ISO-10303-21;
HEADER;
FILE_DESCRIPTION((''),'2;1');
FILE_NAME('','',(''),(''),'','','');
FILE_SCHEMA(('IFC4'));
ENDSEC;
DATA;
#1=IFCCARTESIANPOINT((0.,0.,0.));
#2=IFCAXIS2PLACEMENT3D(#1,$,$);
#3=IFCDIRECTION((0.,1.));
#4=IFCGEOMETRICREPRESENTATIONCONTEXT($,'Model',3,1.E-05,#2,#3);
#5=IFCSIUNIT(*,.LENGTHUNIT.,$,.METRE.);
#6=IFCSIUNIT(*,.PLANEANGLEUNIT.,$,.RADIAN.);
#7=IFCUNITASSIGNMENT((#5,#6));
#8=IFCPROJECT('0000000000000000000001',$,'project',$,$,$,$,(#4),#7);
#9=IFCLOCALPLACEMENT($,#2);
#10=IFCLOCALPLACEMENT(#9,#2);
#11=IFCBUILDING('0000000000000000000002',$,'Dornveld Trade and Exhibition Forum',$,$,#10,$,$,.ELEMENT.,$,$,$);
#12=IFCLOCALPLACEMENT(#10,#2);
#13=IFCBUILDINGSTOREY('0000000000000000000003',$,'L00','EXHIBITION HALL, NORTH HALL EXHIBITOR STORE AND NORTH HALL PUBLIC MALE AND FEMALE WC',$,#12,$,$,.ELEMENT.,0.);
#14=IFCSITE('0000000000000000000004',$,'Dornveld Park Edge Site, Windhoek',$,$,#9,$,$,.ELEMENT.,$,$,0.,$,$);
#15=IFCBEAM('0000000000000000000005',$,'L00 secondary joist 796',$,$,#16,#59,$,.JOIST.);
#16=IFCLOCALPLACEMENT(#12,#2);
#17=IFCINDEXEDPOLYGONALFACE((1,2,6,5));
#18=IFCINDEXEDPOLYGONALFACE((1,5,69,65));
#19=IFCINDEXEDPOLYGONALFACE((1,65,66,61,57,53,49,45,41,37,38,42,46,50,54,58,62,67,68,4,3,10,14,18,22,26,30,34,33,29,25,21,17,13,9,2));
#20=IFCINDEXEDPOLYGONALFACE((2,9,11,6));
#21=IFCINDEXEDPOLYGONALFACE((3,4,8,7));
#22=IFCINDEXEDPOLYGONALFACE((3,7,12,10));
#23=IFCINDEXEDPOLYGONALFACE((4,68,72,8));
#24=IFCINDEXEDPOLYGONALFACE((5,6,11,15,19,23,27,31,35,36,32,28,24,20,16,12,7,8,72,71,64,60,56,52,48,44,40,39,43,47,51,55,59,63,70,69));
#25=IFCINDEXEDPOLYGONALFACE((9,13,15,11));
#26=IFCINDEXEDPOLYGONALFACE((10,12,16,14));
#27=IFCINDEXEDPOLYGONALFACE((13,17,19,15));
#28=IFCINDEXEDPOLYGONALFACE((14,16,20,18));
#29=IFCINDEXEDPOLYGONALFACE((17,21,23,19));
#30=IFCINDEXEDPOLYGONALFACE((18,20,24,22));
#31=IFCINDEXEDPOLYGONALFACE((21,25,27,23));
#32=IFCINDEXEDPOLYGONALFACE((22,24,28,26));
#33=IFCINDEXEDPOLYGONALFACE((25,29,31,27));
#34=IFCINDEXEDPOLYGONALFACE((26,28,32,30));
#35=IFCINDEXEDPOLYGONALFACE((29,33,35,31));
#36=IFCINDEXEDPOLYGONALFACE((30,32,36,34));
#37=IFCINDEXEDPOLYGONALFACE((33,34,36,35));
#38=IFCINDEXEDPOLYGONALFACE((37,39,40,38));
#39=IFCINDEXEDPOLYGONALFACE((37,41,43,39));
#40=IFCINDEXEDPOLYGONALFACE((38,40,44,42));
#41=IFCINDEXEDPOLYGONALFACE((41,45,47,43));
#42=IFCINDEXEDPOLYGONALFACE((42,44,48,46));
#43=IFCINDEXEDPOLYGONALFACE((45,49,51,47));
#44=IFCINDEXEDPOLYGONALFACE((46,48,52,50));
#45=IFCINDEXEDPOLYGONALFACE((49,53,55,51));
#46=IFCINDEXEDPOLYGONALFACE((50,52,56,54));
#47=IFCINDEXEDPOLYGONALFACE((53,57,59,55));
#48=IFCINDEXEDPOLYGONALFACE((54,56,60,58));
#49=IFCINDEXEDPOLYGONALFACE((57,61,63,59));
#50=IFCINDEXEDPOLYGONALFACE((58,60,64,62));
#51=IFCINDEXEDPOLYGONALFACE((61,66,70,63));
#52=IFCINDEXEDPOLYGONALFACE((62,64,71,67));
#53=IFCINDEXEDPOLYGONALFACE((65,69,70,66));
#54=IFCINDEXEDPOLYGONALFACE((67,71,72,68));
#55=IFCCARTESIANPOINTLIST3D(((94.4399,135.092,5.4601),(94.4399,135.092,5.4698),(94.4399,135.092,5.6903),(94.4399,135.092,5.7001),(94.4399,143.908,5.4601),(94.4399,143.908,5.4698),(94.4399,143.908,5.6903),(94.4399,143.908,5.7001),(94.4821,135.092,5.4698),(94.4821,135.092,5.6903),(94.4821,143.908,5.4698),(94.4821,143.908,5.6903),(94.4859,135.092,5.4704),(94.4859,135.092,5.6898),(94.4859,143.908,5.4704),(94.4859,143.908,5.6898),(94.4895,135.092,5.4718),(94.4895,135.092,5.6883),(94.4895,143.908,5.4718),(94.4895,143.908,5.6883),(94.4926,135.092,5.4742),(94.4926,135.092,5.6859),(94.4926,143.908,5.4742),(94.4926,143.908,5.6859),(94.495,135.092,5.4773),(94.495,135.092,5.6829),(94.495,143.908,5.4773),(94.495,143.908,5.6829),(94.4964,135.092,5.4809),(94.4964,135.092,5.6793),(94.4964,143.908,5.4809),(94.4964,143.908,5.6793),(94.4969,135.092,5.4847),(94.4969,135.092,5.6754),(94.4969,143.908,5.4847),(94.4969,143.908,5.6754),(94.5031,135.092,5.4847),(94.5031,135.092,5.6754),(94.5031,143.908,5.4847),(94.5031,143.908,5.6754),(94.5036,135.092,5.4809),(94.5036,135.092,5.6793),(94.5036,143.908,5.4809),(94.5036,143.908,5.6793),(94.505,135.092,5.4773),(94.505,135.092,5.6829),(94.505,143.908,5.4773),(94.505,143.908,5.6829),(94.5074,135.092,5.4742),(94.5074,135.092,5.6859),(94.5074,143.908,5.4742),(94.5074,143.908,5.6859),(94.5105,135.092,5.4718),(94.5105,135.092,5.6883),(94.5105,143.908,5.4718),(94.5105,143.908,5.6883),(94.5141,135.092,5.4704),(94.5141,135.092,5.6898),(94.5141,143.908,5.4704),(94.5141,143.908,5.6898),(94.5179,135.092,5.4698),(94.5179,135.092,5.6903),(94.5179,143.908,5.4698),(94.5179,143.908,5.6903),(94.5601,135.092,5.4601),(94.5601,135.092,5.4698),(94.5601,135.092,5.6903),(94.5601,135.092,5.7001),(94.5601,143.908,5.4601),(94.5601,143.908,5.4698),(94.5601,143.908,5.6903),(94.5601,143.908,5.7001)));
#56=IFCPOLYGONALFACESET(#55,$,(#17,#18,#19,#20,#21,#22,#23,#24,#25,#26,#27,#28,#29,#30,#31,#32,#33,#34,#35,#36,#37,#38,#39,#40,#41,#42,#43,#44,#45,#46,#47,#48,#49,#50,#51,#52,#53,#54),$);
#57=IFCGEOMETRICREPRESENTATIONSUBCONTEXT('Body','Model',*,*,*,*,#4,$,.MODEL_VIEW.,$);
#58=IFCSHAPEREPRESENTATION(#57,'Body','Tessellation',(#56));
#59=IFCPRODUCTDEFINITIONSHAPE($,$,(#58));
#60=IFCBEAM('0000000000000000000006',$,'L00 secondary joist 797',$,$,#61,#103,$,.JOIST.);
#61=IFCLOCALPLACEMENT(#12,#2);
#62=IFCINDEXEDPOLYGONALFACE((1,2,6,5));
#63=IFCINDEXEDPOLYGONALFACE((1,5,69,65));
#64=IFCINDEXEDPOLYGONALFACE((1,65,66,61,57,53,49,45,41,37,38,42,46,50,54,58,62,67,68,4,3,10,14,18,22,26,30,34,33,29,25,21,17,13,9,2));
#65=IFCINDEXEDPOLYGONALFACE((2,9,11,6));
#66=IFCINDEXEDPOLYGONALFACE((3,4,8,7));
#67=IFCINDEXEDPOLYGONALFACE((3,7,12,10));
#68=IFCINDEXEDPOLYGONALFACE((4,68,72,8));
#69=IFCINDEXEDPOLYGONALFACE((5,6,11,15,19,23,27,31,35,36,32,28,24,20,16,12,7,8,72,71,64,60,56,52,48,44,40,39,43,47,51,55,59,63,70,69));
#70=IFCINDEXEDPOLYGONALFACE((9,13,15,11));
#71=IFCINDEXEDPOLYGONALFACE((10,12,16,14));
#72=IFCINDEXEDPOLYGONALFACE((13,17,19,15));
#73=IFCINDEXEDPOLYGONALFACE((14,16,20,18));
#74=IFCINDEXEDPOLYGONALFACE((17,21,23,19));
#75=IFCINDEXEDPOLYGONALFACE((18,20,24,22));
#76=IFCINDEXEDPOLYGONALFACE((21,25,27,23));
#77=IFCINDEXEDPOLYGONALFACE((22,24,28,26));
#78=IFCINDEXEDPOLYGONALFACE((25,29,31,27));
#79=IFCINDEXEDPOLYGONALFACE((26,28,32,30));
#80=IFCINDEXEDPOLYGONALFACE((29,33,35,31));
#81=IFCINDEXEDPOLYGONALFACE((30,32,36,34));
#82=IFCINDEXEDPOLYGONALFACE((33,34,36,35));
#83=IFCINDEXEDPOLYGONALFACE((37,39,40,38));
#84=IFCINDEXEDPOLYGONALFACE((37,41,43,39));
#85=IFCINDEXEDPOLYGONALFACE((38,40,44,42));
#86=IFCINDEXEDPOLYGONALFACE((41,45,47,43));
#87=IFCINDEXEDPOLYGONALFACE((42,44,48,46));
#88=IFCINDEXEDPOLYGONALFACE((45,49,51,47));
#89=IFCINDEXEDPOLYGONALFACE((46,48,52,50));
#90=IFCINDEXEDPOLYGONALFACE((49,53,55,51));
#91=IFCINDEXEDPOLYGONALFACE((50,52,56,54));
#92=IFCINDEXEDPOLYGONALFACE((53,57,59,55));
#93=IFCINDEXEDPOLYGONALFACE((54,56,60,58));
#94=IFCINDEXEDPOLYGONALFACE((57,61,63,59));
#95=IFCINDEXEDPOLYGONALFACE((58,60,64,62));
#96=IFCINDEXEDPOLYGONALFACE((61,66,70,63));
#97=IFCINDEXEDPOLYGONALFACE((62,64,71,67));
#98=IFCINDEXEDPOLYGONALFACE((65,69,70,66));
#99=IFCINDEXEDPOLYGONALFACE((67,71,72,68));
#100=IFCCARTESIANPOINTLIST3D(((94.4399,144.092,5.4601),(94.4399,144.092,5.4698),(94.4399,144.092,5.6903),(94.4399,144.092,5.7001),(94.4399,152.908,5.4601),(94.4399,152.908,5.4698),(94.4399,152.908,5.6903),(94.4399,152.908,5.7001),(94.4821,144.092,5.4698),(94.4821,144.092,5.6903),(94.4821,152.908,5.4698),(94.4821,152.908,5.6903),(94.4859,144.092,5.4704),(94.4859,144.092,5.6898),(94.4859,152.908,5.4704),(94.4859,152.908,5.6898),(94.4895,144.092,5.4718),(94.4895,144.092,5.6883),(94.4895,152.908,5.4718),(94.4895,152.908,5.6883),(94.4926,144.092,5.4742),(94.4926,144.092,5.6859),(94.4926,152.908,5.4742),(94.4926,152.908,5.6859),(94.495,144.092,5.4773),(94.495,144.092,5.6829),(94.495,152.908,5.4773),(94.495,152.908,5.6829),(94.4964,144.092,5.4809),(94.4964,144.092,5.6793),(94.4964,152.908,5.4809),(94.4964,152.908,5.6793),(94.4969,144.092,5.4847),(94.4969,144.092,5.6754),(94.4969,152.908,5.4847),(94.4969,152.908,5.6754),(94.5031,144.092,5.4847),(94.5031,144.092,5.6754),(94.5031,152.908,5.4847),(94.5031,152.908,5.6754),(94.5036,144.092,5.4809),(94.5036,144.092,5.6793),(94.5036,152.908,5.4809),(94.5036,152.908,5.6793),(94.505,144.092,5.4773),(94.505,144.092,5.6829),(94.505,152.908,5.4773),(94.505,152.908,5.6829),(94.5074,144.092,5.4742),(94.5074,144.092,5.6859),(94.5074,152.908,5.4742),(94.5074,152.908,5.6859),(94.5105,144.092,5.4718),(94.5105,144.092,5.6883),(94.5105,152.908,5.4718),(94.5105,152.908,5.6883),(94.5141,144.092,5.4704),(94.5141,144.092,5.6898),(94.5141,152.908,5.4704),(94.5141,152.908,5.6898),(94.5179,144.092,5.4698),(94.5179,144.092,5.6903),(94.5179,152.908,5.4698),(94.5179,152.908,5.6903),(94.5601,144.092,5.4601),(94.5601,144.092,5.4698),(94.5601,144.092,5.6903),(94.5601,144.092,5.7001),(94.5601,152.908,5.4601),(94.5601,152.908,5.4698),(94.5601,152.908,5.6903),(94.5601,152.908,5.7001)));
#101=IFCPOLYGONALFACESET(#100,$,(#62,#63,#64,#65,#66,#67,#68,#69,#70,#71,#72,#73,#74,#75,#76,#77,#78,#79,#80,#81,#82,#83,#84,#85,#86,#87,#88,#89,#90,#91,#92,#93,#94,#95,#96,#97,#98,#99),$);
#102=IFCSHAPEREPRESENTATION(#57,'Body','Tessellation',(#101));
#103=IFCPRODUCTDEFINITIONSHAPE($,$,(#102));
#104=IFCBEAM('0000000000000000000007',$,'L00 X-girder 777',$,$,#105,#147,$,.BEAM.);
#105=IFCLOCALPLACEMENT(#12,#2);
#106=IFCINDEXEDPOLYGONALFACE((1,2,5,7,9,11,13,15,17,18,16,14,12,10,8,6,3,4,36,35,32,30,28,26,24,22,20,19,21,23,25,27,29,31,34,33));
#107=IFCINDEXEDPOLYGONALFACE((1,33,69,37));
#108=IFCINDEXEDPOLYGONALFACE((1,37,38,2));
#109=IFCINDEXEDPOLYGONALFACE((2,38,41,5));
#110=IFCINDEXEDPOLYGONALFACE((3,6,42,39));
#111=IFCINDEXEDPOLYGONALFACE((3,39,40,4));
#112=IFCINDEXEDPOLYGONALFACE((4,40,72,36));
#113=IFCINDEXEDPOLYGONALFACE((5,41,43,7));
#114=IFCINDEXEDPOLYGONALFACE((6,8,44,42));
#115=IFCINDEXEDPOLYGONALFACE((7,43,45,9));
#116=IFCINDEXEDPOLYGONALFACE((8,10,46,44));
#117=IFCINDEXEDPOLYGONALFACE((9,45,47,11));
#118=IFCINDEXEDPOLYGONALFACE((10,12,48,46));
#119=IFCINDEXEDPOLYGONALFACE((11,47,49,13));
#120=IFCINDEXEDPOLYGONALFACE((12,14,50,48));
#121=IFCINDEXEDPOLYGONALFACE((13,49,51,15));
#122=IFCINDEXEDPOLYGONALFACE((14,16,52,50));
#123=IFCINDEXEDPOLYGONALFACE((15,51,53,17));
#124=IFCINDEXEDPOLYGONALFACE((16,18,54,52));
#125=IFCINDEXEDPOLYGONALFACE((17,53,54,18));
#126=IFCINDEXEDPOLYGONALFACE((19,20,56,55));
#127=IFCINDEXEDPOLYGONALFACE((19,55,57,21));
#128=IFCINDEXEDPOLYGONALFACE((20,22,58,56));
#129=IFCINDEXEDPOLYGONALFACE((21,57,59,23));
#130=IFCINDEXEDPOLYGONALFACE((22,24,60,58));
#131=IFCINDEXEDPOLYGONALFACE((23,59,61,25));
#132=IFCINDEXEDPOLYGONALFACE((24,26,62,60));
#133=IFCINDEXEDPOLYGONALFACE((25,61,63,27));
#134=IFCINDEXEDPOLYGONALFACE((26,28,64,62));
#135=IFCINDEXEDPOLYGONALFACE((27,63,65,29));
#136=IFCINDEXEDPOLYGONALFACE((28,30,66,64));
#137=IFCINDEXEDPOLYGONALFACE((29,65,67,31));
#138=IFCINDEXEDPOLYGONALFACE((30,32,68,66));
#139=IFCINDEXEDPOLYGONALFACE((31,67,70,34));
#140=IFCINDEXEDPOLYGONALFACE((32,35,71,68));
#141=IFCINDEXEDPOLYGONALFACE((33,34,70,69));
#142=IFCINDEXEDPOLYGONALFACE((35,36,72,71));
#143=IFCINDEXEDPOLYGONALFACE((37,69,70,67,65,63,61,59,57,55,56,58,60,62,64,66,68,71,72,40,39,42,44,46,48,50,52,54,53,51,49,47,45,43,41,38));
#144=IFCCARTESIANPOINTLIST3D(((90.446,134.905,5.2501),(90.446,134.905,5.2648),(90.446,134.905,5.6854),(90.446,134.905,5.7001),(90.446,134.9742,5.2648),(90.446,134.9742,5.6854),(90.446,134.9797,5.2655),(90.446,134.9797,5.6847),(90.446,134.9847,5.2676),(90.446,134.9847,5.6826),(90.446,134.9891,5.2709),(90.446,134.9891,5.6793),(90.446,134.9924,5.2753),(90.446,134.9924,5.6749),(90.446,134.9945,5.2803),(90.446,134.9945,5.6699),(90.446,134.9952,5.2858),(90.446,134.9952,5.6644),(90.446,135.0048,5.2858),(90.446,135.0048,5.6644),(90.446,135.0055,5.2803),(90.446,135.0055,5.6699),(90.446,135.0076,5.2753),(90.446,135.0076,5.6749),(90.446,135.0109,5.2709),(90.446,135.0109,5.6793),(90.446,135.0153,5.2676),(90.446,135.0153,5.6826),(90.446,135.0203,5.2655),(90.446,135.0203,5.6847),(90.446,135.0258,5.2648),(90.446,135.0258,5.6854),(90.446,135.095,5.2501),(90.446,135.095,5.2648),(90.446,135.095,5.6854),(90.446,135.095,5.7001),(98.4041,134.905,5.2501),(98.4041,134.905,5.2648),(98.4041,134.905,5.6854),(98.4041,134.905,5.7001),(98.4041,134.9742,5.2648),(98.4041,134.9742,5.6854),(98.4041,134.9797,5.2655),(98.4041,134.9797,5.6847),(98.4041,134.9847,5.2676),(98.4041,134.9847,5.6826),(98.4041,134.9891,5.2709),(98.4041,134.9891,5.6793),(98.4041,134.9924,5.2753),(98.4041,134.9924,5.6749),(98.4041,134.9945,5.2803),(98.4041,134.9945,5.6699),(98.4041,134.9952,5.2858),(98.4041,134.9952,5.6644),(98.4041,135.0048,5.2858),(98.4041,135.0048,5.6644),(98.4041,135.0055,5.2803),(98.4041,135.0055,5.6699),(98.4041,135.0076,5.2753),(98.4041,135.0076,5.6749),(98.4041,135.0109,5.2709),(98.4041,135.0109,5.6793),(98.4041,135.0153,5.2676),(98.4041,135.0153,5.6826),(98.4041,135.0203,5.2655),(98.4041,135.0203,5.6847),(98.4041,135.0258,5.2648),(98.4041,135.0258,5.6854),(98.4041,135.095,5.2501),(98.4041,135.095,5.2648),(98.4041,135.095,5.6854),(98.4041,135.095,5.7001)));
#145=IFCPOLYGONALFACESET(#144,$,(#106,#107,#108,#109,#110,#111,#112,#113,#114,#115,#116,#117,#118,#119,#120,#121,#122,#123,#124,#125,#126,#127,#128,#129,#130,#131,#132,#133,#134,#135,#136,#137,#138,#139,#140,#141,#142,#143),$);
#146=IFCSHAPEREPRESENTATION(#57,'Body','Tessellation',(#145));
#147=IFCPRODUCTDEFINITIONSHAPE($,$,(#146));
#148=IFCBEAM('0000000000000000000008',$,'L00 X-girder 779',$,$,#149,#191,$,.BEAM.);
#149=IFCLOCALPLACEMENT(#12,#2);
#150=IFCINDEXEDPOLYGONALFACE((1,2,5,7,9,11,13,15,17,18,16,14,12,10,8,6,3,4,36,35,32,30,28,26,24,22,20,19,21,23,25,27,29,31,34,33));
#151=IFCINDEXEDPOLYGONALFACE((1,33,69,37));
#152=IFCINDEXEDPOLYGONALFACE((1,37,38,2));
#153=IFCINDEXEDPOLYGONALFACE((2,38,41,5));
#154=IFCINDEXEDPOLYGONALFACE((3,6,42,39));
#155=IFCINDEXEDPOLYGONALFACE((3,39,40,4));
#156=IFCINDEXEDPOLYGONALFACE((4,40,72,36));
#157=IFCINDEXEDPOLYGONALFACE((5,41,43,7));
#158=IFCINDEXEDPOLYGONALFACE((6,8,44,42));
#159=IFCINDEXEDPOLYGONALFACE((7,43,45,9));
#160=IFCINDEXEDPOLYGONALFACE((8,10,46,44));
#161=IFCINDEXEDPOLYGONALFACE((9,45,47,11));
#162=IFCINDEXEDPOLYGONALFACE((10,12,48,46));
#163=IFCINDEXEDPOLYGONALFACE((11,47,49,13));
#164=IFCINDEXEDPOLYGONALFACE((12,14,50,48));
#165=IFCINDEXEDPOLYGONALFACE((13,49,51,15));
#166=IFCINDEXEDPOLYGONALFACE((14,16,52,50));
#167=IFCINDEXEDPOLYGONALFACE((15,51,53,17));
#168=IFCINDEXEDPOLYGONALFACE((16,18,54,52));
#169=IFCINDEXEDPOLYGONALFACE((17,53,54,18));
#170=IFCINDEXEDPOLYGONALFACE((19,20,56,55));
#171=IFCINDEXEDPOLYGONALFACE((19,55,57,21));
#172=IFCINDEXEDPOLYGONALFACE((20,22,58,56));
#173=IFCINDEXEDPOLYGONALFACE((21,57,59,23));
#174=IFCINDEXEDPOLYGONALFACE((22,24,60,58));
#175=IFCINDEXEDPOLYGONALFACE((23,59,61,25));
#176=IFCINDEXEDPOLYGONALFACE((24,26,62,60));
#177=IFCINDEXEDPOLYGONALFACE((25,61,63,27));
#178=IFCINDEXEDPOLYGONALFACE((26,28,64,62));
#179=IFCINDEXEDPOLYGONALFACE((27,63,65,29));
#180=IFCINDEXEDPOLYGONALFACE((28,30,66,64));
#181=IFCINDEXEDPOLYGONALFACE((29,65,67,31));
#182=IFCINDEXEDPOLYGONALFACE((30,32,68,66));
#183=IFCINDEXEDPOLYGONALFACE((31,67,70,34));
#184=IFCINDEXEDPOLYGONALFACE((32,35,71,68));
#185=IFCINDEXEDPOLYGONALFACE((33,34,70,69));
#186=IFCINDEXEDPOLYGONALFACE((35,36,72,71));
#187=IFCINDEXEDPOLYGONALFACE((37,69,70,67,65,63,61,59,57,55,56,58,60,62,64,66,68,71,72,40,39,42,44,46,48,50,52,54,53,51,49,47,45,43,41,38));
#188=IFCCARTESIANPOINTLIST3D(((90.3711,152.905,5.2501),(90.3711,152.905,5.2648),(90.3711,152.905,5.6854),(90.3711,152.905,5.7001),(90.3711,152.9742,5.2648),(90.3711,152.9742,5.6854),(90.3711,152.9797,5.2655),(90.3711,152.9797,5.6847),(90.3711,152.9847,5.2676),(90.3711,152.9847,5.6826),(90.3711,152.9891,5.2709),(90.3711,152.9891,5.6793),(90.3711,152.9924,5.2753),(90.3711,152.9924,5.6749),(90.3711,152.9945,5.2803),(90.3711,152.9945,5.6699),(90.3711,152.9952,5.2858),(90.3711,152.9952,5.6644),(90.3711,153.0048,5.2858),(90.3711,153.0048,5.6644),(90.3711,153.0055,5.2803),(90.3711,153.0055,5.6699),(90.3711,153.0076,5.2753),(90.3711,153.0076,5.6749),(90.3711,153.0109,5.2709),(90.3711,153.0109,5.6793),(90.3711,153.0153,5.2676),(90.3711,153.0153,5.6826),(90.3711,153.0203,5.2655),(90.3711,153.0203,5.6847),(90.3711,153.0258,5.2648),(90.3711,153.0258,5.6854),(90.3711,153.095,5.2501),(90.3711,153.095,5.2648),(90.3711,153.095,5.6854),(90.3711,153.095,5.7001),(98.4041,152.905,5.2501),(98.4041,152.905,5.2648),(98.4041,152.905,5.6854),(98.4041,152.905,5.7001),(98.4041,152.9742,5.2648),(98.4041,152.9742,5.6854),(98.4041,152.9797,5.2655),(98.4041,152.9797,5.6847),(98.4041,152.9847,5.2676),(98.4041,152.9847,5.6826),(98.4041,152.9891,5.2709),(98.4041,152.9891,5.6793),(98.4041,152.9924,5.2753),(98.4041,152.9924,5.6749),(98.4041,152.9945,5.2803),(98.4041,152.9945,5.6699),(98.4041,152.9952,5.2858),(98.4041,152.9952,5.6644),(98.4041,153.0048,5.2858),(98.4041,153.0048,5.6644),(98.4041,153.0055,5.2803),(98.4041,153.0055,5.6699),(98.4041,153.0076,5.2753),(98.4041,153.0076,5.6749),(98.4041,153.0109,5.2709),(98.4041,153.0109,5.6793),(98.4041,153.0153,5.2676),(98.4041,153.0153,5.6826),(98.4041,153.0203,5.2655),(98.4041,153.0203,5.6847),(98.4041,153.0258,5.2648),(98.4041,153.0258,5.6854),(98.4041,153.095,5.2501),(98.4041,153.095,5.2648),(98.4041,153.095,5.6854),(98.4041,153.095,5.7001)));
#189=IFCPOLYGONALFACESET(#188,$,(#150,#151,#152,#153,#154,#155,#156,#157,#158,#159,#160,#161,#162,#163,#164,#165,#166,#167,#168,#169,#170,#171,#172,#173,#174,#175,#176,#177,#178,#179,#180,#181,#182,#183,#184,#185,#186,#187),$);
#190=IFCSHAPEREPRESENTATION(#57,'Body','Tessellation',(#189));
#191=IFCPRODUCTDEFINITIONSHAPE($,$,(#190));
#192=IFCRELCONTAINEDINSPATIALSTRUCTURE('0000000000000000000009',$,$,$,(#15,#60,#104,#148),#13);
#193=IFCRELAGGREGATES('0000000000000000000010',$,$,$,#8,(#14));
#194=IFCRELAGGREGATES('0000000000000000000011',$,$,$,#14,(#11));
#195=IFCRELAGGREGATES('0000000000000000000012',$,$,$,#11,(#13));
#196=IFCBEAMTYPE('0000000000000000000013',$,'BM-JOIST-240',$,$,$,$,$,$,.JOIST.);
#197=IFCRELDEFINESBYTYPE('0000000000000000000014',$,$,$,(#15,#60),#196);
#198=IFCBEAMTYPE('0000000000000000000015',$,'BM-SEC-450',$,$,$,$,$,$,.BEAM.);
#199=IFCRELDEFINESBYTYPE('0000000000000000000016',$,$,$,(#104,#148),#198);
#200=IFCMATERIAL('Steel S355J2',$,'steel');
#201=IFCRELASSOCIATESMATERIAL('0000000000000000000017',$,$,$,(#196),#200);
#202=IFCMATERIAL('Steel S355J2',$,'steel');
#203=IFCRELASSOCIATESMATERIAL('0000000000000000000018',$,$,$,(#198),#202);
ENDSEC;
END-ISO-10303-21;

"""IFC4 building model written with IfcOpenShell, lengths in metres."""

from ifc_helpers import new_model, si_unit, direction, frame, origin, origin_2d, place, context, subcontext, project, spatial, i_section, extrude, material, material_profile, profile_set, type_object, element, save


model = new_model("IFC4")

# Units and contexts
model_context = context("Model", 3, precision=1e-05, world=origin(), true_north=direction((0.0, 1.0)))
body_context = subcontext(model_context, "Body", "Model", "MODEL_VIEW")
ifc_project = project(units=[si_unit("LENGTHUNIT", "METRE"), si_unit("PLANEANGLEUNIT", "RADIAN")], contexts=[model_context])

# Site, building, storey
site_placement = place(None, origin())
site = spatial("IfcSite", under=ifc_project, at=site_placement, Name="Dornveld Park Edge Site, Windhoek", CompositionType="ELEMENT", RefElevation=0.0)
building_placement = place(site_placement, origin())
building = spatial("IfcBuilding", under=site, at=building_placement, Name="Dornveld Trade and Exhibition Forum", CompositionType="ELEMENT")
storey_placement = place(building_placement, origin())
storey = spatial("IfcBuildingStorey", under=building, at=storey_placement, Name="L00", Description="EXHIBITION HALL, NORTH HALL EXHIBITOR STORE AND NORTH HALL PUBLIC MALE AND FEMALE WC", CompositionType="ELEMENT", Elevation=0.0)

# Beams
ifc_material_1 = material(Name="Steel S355J2", Category="steel")
ifc_material_profile_1 = material_profile(ifc_material_1, i_section(OverallWidth=0.1201, OverallDepth=0.24, WebThickness=0.0061, FlangeThickness=0.0098, FilletRadius=0.0149, at=origin_2d()), Name="IPE 240")
ifc_profile_set_1 = profile_set([ifc_material_profile_1], Name="Steel S355J2")
beam_type_1 = type_object("IfcBeamType", Name="BM-JOIST-240", PredefinedType="JOIST", material=ifc_profile_set_1)
for number, where, z_axis, x_axis, name in (
    (1, (94.5, 135.092, 5.5801), (0.0, 1.0, 0.0), (-1.0, 0.0, 0.0), "L00 secondary joist 796"),
    (2, (94.5, 144.092, 5.5801), (0.0, 1.0, 0.0), (-1.0, 0.0, 0.0), "L00 secondary joist 797"),
):
    element("IfcBeam", number, at=place(storey_placement, frame(where, z_axis=z_axis, x_axis=x_axis)), inside=storey, type_object=beam_type_1, Name=name, PredefinedType="JOIST", context=body_context, shape_type="SweptSolid", body=[
        extrude(i_section(OverallWidth=0.1201, OverallDepth=0.24, WebThickness=0.0061, FlangeThickness=0.0098, FilletRadius=0.0149, at=origin_2d()), origin(), (0.0, 0.0, 1.0), 8.8159),
    ])
ifc_material_2 = material(Name="Steel S355J2", Category="steel")
ifc_material_profile_2 = material_profile(ifc_material_2, i_section(OverallWidth=0.1899, OverallDepth=0.45, WebThickness=0.0095, FlangeThickness=0.0146, FilletRadius=0.021, at=origin_2d()), Name="IPE 450")
ifc_profile_set_2 = profile_set([ifc_material_profile_2], Name="Steel S355J2")
beam_type_2 = type_object("IfcBeamType", Name="BM-SEC-450", PredefinedType="BEAM", material=ifc_profile_set_2)
beam_1_placement = place(storey_placement, frame((90.446, 135.0, 5.4751), z_axis=(1.0, 0.0, 0.0), x_axis=(0.0, 1.0, 0.0)))
element("IfcBeam", 3, at=beam_1_placement, inside=storey, type_object=beam_type_2, Name="L00 X-girder 777", PredefinedType="BEAM", context=body_context, shape_type="SweptSolid", body=[
    extrude(i_section(OverallWidth=0.1899, OverallDepth=0.45, WebThickness=0.0095, FlangeThickness=0.0146, FilletRadius=0.021, at=origin_2d()), origin(), (0.0, 0.0, 1.0), 7.958),
])
beam_2_placement = place(storey_placement, frame((90.3711, 153.0, 5.4751), z_axis=(1.0, 0.0, 0.0), x_axis=(0.0, 1.0, 0.0)))
element("IfcBeam", 4, at=beam_2_placement, inside=storey, type_object=beam_type_2, Name="L00 X-girder 779", PredefinedType="BEAM", context=body_context, shape_type="SweptSolid", body=[
    extrude(i_section(OverallWidth=0.1899, OverallDepth=0.45, WebThickness=0.0095, FlangeThickness=0.0146, FilletRadius=0.021, at=origin_2d()), origin(), (0.0, 0.0, 1.0), 8.033),
])

save(model, "model.ifc")
